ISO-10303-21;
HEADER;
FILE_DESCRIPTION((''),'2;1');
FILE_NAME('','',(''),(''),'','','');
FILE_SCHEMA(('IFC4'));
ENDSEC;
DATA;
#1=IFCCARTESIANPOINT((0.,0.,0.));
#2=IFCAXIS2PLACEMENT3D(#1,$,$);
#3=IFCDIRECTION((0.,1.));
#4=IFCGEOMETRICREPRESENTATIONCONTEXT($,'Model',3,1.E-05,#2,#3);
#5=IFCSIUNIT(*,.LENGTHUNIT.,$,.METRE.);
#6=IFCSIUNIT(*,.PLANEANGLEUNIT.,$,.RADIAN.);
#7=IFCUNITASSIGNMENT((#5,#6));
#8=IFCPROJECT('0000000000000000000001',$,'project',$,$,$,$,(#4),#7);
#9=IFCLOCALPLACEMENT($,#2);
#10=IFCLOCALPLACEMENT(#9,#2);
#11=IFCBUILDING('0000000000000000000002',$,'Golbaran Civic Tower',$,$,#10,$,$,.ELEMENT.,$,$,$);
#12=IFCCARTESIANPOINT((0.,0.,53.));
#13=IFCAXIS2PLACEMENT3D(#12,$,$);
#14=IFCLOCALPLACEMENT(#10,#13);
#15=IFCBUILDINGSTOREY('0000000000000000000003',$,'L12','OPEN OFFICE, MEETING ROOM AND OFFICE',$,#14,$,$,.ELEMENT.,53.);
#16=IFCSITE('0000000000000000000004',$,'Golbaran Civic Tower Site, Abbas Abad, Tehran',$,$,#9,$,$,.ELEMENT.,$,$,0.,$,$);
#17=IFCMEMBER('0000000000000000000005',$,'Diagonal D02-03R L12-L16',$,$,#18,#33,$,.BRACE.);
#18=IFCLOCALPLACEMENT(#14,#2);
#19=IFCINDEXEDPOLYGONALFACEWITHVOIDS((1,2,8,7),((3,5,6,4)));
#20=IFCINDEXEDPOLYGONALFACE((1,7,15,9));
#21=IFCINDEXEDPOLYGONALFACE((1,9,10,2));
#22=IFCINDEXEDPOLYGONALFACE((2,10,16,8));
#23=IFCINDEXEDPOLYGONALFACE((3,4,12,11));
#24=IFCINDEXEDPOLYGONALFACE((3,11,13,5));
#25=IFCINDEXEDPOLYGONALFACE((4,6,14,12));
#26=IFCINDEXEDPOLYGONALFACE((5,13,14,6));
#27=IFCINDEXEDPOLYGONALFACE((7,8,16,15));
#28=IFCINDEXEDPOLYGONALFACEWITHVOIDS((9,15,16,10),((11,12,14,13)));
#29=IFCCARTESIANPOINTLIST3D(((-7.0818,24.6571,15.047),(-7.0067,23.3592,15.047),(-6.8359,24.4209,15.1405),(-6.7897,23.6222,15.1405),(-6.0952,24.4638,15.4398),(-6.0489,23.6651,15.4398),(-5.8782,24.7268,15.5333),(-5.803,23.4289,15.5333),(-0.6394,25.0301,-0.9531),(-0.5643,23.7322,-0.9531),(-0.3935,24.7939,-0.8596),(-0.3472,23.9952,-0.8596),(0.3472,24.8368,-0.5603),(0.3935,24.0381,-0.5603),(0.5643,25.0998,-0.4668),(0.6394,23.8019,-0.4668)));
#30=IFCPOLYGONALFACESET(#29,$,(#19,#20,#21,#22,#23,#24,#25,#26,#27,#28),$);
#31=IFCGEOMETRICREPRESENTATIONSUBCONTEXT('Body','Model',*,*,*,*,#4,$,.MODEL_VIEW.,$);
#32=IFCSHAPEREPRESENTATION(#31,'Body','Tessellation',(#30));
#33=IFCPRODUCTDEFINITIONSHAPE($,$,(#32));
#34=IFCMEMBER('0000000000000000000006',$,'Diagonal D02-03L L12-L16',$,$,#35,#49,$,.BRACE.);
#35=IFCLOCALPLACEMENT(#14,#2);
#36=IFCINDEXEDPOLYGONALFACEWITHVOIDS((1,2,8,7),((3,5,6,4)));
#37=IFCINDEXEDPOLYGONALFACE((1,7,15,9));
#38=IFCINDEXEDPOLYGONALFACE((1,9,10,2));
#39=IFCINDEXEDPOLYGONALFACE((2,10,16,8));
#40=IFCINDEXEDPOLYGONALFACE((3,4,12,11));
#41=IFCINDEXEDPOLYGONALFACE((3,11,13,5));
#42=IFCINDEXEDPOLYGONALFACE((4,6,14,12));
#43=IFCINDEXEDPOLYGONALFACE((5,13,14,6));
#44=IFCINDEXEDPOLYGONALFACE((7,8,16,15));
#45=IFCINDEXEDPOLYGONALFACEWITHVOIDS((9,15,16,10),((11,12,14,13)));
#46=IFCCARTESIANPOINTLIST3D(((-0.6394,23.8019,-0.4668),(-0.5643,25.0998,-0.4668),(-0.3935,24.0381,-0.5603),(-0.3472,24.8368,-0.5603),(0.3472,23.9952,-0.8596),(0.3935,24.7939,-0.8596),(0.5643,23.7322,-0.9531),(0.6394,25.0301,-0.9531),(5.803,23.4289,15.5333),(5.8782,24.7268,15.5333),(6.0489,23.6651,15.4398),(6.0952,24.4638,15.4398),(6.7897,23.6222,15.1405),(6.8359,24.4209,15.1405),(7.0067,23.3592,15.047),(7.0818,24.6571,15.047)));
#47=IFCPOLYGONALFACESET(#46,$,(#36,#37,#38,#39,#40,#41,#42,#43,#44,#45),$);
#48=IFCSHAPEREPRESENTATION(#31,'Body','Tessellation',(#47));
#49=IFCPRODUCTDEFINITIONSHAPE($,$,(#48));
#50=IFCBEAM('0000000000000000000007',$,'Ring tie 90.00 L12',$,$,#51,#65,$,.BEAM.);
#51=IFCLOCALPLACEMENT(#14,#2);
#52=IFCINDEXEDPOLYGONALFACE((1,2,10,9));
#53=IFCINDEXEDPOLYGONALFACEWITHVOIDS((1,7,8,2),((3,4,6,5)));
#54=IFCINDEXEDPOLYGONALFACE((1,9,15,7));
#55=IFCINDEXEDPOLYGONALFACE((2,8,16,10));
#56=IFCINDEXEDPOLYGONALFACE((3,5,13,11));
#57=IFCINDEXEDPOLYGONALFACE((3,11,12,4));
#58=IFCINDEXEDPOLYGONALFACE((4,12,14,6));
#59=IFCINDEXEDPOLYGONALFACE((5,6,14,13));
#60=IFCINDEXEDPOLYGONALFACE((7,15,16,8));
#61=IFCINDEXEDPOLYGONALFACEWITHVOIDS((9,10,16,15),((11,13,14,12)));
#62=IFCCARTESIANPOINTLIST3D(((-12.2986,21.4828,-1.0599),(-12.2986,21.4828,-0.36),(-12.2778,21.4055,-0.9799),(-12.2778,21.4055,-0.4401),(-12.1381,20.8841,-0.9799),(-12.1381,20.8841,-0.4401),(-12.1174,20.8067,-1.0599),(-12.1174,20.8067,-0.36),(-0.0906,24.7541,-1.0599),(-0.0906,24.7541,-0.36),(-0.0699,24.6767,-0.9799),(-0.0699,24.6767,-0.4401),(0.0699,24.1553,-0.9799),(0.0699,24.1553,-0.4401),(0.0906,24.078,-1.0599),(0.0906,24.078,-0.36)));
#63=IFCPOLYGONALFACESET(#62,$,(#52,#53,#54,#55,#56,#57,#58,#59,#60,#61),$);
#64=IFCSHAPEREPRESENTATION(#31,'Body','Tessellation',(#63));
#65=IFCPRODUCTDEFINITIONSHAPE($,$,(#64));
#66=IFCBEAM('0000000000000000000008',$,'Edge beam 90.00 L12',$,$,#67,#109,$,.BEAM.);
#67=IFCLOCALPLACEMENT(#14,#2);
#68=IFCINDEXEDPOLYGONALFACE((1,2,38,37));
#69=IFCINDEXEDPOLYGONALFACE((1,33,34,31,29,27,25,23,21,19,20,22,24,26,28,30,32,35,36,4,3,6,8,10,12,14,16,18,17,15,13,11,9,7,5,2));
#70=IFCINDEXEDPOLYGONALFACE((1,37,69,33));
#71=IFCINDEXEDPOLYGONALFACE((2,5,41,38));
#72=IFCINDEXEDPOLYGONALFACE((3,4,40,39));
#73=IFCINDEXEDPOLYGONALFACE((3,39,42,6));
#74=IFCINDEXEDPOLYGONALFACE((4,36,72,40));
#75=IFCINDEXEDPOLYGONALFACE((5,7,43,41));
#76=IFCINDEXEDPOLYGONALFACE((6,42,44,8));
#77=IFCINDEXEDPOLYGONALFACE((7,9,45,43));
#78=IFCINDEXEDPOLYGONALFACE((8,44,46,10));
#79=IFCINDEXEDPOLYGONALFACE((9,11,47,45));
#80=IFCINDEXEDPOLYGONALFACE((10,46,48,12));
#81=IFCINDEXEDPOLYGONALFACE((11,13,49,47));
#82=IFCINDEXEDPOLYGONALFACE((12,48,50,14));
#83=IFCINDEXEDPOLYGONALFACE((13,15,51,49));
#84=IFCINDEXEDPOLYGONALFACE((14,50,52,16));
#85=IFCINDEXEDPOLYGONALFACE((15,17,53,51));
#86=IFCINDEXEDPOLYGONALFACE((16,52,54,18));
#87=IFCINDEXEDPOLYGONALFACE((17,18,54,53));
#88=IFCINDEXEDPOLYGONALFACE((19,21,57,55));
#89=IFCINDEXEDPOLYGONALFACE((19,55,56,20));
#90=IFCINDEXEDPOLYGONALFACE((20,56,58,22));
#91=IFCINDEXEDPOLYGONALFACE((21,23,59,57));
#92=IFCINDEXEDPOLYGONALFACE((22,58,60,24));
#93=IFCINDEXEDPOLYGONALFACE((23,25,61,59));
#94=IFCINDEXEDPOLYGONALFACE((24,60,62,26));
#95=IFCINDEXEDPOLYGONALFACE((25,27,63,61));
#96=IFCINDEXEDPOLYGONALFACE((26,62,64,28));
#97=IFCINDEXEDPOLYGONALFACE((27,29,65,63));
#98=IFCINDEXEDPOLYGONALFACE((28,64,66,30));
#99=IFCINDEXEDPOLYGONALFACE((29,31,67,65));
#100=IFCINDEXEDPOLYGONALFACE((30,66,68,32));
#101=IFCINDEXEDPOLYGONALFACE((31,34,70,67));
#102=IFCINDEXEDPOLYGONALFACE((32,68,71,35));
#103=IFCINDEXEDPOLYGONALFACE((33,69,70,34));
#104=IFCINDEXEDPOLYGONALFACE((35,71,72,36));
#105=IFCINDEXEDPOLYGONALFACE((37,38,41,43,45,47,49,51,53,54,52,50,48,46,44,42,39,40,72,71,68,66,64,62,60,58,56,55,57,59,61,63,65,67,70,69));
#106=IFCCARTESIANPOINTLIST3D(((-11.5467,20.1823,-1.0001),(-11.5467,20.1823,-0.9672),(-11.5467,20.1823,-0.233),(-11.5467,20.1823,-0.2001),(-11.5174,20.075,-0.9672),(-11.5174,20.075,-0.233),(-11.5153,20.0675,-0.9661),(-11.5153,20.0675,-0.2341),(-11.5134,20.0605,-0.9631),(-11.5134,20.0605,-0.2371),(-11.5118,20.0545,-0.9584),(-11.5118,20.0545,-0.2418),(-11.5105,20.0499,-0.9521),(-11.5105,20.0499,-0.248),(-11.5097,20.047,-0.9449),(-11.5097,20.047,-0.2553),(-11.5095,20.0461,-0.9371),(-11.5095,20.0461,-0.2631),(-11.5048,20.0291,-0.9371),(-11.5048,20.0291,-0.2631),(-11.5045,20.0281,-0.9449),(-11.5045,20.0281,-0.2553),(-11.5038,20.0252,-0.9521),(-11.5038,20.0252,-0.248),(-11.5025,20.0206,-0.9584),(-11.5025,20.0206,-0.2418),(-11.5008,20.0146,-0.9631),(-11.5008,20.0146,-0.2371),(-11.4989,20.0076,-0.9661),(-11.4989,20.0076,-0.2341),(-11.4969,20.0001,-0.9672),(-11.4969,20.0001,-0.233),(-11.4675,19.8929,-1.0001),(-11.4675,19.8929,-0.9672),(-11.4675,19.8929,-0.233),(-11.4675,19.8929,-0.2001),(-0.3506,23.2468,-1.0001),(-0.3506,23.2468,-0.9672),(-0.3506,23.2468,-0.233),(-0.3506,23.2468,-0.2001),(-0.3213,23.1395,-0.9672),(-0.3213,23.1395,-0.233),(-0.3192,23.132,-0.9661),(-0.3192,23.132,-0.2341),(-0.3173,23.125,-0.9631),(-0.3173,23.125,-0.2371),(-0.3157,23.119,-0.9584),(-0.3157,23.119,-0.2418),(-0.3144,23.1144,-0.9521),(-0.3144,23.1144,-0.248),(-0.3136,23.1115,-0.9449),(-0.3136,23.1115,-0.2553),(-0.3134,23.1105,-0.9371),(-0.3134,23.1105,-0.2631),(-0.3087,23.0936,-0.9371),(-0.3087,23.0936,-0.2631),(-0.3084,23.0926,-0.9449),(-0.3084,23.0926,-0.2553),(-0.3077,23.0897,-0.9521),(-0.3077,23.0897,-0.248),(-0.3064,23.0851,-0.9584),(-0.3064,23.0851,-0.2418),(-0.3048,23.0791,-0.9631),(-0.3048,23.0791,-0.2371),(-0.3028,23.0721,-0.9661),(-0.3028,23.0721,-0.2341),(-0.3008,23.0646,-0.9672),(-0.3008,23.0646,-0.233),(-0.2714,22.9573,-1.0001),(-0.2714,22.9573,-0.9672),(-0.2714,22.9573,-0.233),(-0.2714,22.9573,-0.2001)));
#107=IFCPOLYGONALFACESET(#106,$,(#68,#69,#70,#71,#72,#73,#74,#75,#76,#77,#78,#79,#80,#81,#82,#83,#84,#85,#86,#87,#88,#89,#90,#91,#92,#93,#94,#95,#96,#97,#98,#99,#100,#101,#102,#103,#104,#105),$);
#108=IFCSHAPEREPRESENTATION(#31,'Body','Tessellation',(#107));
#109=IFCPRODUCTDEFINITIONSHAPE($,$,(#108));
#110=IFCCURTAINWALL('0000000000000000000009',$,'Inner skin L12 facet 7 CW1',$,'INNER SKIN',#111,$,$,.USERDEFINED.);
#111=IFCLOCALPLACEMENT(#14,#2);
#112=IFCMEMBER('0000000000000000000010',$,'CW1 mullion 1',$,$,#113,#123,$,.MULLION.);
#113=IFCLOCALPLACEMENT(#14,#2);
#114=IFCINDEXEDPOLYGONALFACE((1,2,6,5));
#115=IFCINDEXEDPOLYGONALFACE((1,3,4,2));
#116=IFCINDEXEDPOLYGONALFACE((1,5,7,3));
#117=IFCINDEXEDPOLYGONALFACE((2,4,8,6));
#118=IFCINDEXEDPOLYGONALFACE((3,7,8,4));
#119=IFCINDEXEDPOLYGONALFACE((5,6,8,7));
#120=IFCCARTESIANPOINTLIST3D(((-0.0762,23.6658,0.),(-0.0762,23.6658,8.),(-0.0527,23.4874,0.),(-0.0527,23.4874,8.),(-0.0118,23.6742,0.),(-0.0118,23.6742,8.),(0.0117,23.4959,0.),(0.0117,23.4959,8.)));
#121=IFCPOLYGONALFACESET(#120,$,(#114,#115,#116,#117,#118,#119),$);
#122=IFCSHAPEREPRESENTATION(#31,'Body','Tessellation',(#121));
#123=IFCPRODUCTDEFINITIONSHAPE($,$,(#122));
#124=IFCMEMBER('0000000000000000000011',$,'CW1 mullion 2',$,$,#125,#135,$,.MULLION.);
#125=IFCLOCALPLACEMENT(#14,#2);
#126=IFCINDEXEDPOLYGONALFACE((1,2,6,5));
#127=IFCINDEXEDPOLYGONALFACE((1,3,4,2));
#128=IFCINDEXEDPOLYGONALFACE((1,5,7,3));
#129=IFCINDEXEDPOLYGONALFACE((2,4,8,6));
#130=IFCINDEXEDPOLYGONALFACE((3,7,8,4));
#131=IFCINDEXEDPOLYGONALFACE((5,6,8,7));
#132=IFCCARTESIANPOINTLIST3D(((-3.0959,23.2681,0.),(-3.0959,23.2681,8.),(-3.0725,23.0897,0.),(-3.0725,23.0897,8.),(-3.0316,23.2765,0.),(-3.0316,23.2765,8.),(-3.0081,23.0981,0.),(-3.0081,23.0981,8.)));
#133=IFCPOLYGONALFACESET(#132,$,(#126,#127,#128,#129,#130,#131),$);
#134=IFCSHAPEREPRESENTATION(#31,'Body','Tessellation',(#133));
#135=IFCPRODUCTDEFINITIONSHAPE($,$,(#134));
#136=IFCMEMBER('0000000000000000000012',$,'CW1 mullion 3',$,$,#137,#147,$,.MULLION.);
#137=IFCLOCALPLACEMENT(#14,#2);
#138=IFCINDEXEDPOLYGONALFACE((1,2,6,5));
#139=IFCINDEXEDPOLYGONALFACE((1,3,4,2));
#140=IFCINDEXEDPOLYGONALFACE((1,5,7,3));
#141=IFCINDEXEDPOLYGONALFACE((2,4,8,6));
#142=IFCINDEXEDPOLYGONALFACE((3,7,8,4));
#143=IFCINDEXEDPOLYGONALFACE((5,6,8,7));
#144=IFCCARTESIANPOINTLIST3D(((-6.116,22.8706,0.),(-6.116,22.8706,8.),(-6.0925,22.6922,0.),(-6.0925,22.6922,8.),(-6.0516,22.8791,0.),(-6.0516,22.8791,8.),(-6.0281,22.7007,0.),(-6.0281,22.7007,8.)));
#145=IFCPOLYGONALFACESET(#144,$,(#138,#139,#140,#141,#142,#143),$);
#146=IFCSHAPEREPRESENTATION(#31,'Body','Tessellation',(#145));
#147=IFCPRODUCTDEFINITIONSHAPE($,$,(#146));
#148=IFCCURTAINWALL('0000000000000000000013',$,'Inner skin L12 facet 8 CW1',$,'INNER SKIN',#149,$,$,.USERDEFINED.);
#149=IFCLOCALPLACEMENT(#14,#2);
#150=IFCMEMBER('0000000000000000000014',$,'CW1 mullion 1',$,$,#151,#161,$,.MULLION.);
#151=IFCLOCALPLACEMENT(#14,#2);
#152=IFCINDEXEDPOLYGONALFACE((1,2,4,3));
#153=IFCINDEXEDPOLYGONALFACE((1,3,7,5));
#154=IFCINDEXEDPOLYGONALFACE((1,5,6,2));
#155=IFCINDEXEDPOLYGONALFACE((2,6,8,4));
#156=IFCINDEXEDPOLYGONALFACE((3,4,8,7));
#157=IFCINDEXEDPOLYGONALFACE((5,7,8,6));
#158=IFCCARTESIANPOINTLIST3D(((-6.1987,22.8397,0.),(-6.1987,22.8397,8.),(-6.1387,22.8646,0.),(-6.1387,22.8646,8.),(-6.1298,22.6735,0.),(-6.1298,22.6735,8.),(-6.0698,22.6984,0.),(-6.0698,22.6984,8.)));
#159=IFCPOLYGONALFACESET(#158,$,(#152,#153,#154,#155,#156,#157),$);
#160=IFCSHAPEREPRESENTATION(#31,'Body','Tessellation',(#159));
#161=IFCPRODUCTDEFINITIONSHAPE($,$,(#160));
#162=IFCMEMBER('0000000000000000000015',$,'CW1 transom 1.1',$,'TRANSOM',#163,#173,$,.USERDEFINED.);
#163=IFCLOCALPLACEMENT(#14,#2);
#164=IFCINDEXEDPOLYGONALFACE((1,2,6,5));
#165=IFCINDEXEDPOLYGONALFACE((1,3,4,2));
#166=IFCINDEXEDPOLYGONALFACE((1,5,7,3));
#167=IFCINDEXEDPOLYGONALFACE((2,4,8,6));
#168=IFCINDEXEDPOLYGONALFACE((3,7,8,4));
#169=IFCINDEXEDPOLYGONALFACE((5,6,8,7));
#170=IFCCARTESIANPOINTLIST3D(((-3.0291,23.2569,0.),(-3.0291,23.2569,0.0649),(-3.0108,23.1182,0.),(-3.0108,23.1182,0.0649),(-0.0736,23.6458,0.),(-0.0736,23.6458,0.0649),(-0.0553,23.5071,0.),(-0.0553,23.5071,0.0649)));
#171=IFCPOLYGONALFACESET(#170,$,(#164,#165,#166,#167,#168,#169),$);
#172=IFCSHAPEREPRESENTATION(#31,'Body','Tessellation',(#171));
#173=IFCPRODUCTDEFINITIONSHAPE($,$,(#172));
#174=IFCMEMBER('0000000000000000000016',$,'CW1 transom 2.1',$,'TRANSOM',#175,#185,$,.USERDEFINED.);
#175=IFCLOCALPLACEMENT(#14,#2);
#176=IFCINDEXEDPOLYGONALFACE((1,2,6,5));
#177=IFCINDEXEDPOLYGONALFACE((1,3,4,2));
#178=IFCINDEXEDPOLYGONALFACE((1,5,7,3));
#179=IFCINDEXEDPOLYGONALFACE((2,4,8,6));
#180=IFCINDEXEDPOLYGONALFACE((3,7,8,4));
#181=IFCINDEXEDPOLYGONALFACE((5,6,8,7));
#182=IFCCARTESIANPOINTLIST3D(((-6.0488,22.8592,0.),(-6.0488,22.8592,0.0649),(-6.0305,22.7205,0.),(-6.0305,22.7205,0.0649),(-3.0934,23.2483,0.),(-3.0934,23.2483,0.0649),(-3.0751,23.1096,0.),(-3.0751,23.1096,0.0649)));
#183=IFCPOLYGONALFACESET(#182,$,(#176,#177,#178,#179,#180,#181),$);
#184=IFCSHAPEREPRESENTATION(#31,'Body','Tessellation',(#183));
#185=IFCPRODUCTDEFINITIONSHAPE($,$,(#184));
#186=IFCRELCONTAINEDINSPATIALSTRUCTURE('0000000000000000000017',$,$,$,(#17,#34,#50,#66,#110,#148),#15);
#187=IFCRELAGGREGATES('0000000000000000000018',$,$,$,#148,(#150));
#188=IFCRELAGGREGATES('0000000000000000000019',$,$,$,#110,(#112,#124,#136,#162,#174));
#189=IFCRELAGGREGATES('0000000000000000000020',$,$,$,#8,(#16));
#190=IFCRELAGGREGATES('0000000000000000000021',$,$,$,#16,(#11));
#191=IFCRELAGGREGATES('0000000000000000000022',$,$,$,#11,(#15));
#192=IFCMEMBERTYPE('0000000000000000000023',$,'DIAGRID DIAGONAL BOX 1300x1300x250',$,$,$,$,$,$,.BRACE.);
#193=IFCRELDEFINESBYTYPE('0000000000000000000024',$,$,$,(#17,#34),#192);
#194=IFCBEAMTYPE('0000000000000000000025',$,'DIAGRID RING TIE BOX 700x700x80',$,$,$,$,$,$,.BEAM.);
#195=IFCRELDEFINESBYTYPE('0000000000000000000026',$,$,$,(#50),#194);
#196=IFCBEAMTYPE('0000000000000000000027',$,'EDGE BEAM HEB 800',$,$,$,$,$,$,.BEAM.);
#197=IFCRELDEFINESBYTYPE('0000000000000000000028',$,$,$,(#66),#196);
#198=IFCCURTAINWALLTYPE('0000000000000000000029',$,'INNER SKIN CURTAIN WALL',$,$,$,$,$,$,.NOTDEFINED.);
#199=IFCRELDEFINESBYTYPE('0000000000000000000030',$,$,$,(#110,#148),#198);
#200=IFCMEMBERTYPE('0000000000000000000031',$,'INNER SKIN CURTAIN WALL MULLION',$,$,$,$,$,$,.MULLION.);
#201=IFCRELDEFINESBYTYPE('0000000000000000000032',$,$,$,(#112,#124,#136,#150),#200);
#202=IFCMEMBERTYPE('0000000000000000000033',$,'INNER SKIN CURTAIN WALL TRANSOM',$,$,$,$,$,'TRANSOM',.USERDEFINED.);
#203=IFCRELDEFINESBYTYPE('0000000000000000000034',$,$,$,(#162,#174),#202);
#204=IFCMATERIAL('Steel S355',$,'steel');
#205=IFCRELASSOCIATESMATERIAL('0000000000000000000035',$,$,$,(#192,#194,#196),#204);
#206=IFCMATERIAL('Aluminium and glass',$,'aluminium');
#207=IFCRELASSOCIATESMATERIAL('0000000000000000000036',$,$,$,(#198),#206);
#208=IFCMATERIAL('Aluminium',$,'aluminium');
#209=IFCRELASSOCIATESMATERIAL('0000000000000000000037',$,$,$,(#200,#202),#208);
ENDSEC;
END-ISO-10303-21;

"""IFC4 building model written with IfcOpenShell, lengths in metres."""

from ifc_helpers import new_model, si_unit, direction, frame, origin, origin_2d, place, context, subcontext, project, spatial, rectangle, hollow_rectangle, i_section, extrude, material, material_profile, profile_set, type_object, element, aggregate, save


model = new_model("IFC4")

# Units and contexts
model_context = context("Model", 3, precision=1e-05, world=origin(), true_north=direction((0.0, 1.0)))
body_context = subcontext(model_context, "Body", "Model", "MODEL_VIEW")
ifc_project = project(units=[si_unit("LENGTHUNIT", "METRE"), si_unit("PLANEANGLEUNIT", "RADIAN")], contexts=[model_context])

# Site, building, storey
site_placement = place(None, origin())
site = spatial("IfcSite", under=ifc_project, at=site_placement, Name="Golbaran Civic Tower Site, Abbas Abad, Tehran", CompositionType="ELEMENT", RefElevation=0.0)
building_placement = place(site_placement, origin())
building = spatial("IfcBuilding", under=site, at=building_placement, Name="Golbaran Civic Tower", CompositionType="ELEMENT")
storey_placement = place(building_placement, frame((0.0, 0.0, 53.0)))
storey = spatial("IfcBuildingStorey", under=building, at=storey_placement, Name="L12", Description="OPEN OFFICE, MEETING ROOM AND OFFICE", CompositionType="ELEMENT", Elevation=53.0)

# Members
ifc_material_1 = material(Name="Steel S355", Category="steel")
ifc_material_profile_1 = material_profile(ifc_material_1, hollow_rectangle(XDim=1.3, YDim=1.3, WallThickness=0.25, at=origin_2d()), Name="BOX 1300x1300x250")
ifc_profile_set_1 = profile_set([ifc_material_profile_1], Name="Steel S355")
member_type_1 = type_object("IfcMemberType", Name="DIAGRID DIAGONAL BOX 1300x1300x250", PredefinedType="BRACE", material=ifc_profile_set_1)
for number, where, z_axis, x_axis, name in (
    (1, (0.0, 24.416, -0.71), (-0.373421, -0.021623, 0.92741), (0.057808, -0.998328, 0.0), "Diagonal D02-03R L12-L16"),
    (2, (0.0, 24.416, -0.71), (0.373421, -0.021623, 0.92741), (0.057808, 0.998328, 0.0), "Diagonal D02-03L L12-L16"),
):
    element("IfcMember", number, at=place(storey_placement, frame(where, z_axis=z_axis, x_axis=x_axis)), inside=storey, type_object=member_type_1, Name=name, PredefinedType="BRACE", context=body_context, shape_type="SweptSolid", body=[
        extrude(hollow_rectangle(XDim=1.3, YDim=1.3, WallThickness=0.25, at=origin_2d()), origin(), (0.0, 0.0, 1.0), 17.2524),
    ])

# Beams
ifc_material_profile_2 = material_profile(ifc_material_1, hollow_rectangle(XDim=0.7, YDim=0.7, WallThickness=0.0801, at=origin_2d()), Name="BOX 700x700x80")
ifc_profile_set_2 = profile_set([ifc_material_profile_2], Name="Steel S355")
beam_type_1 = type_object("IfcBeamType", Name="DIAGRID RING TIE BOX 700x700x80", PredefinedType="BEAM", material=ifc_profile_set_2)
beam_1_placement = place(storey_placement, frame((0.0, 24.416, -0.71), z_axis=(-0.965924, -0.258827, 0.0), x_axis=(0.258827, -0.965924, 0.0)))
element("IfcBeam", 3, at=beam_1_placement, inside=storey, type_object=beam_type_1, Name="Ring tie 90.00 L12", PredefinedType="BEAM", context=body_context, shape_type="SweptSolid", body=[
    extrude(hollow_rectangle(XDim=0.7, YDim=0.7, WallThickness=0.0801, at=origin_2d()), origin(), (0.0, 0.0, 1.0), 12.6387),
])
ifc_material_profile_3 = material_profile(ifc_material_1, i_section(OverallWidth=0.3, OverallDepth=0.8, WebThickness=0.0176, FlangeThickness=0.033, FilletRadius=0.03, at=origin_2d()), Name="HEB 800")
ifc_profile_set_3 = profile_set([ifc_material_profile_3], Name="Steel S355")
beam_type_2 = type_object("IfcBeamType", Name="EDGE BEAM HEB 800", PredefinedType="BEAM", material=ifc_profile_set_3)
beam_2_placement = place(storey_placement, frame((-0.311, 23.1021, -0.6001), z_axis=(-0.964523, -0.263998, 0.0), x_axis=(0.263998, -0.964523, 0.0)))
element("IfcBeam", 4, at=beam_2_placement, inside=storey, type_object=beam_type_2, Name="Edge beam 90.00 L12", PredefinedType="BEAM", context=body_context, shape_type="SweptSolid", body=[
    extrude(i_section(OverallWidth=0.3, OverallDepth=0.8, WebThickness=0.0176, FlangeThickness=0.033, FilletRadius=0.03, at=origin_2d()), origin(), (0.0, 0.0, 1.0), 11.6079),
])

# Curtain wall, members
ifc_material_2 = material(Name="Aluminium and glass", Category="aluminium")
curtain_wall_type_1 = type_object("IfcCurtainWallType", Name="INNER SKIN CURTAIN WALL", PredefinedType="NOTDEFINED", material=ifc_material_2)
curtain_wall_1_placement = place(storey_placement, origin())
curtain_wall_1 = element("IfcCurtainWall", 5, at=curtain_wall_1_placement, inside=storey, type_object=curtain_wall_type_1, Name="Inner skin L12 facet 7 CW1", ObjectType="INNER SKIN", PredefinedType="USERDEFINED")
ifc_material_3 = material(Name="Aluminium", Category="aluminium")
ifc_material_profile_4 = material_profile(ifc_material_3, rectangle(XDim=0.1799, YDim=0.0649, at=origin_2d()), Name="INNER SKIN CURTAIN WALL MULLION")
ifc_profile_set_4 = profile_set([ifc_material_profile_4], Name="Aluminium")
member_type_2 = type_object("IfcMemberType", Name="INNER SKIN CURTAIN WALL MULLION", PredefinedType="MULLION", material=ifc_profile_set_4)
member_1_placement = place(storey_placement, frame((-0.0322, 23.5808, 0.0), z_axis=(0.0, 0.0, 1.0), x_axis=(0.130526, -0.991445, 0.0)))
member_1 = element("IfcMember", 6, at=member_1_placement, type_object=member_type_2, Name="CW1 mullion 1", PredefinedType="MULLION", context=body_context, shape_type="SweptSolid", body=[
    extrude(rectangle(XDim=0.1799, YDim=0.0649, at=origin_2d()), origin(), (0.0, 0.0, 1.0), 8.0),
])
member_2_placement = place(storey_placement, frame((-3.052, 23.1831, 0.0), z_axis=(0.0, 0.0, 1.0), x_axis=(0.130526, -0.991445, 0.0)))
member_2 = element("IfcMember", 7, at=member_2_placement, type_object=member_type_2, Name="CW1 mullion 2", PredefinedType="MULLION", context=body_context, shape_type="SweptSolid", body=[
    extrude(rectangle(XDim=0.1799, YDim=0.0649, at=origin_2d()), origin(), (0.0, 0.0, 1.0), 8.0),
])
member_3_placement = place(storey_placement, frame((-6.072, 22.7856, 0.0), z_axis=(0.0, 0.0, 1.0), x_axis=(0.130526, -0.991445, 0.0)))
member_3 = element("IfcMember", 8, at=member_3_placement, type_object=member_type_2, Name="CW1 mullion 3", PredefinedType="MULLION", context=body_context, shape_type="SweptSolid", body=[
    extrude(rectangle(XDim=0.1799, YDim=0.0649, at=origin_2d()), origin(), (0.0, 0.0, 1.0), 8.0),
])

# Curtain wall, member
curtain_wall_2_placement = place(storey_placement, origin())
curtain_wall_2 = element("IfcCurtainWall", 9, at=curtain_wall_2_placement, inside=storey, type_object=curtain_wall_type_1, Name="Inner skin L12 facet 8 CW1", ObjectType="INNER SKIN", PredefinedType="USERDEFINED")
member_4_placement = place(storey_placement, frame((-6.1343, 22.769, 0.0), z_axis=(0.0, 0.0, 1.0), x_axis=(0.382683, -0.92388, 0.0)))
member_4 = element("IfcMember", 10, at=member_4_placement, type_object=member_type_2, Name="CW1 mullion 1", PredefinedType="MULLION", context=body_context, shape_type="SweptSolid", body=[
    extrude(rectangle(XDim=0.1799, YDim=0.0649, at=origin_2d()), origin(), (0.0, 0.0, 1.0), 8.0),
])

# Members
ifc_material_profile_5 = material_profile(ifc_material_3, rectangle(XDim=0.1399, YDim=0.0649, at=origin_2d()), Name="INNER SKIN CURTAIN WALL TRANSOM")
ifc_profile_set_5 = profile_set([ifc_material_profile_5], Name="Aluminium")
member_type_3 = type_object("IfcMemberType", Name="INNER SKIN CURTAIN WALL TRANSOM", ElementType="TRANSOM", PredefinedType="USERDEFINED", material=ifc_profile_set_5)
member_5_placement = place(storey_placement, frame((-0.0645, 23.5764, 0.0325), z_axis=(-0.991453, -0.130463, 0.0), x_axis=(0.130463, -0.991453, 0.0)))
member_5 = element("IfcMember", 11, at=member_5_placement, type_object=member_type_3, Name="CW1 transom 1.1", ObjectType="TRANSOM", PredefinedType="USERDEFINED", context=body_context, shape_type="SweptSolid", body=[
    extrude(rectangle(XDim=0.1399, YDim=0.0649, at=origin_2d()), origin(), (0.0, 0.0, 1.0), 2.981),
])
member_6_placement = place(storey_placement, frame((-3.0842, 23.179, 0.0325), z_axis=(-0.991443, -0.130543, 0.0), x_axis=(0.130543, -0.991443, 0.0)))
member_6 = element("IfcMember", 12, at=member_6_placement, type_object=member_type_3, Name="CW1 transom 2.1", ObjectType="TRANSOM", PredefinedType="USERDEFINED", context=body_context, shape_type="SweptSolid", body=[
    extrude(rectangle(XDim=0.1399, YDim=0.0649, at=origin_2d()), origin(), (0.0, 0.0, 1.0), 2.981),
])

aggregate(curtain_wall_2, [member_4])
aggregate(curtain_wall_1, [member_1, member_2, member_3, member_5, member_6])

save(model, "model.ifc")
